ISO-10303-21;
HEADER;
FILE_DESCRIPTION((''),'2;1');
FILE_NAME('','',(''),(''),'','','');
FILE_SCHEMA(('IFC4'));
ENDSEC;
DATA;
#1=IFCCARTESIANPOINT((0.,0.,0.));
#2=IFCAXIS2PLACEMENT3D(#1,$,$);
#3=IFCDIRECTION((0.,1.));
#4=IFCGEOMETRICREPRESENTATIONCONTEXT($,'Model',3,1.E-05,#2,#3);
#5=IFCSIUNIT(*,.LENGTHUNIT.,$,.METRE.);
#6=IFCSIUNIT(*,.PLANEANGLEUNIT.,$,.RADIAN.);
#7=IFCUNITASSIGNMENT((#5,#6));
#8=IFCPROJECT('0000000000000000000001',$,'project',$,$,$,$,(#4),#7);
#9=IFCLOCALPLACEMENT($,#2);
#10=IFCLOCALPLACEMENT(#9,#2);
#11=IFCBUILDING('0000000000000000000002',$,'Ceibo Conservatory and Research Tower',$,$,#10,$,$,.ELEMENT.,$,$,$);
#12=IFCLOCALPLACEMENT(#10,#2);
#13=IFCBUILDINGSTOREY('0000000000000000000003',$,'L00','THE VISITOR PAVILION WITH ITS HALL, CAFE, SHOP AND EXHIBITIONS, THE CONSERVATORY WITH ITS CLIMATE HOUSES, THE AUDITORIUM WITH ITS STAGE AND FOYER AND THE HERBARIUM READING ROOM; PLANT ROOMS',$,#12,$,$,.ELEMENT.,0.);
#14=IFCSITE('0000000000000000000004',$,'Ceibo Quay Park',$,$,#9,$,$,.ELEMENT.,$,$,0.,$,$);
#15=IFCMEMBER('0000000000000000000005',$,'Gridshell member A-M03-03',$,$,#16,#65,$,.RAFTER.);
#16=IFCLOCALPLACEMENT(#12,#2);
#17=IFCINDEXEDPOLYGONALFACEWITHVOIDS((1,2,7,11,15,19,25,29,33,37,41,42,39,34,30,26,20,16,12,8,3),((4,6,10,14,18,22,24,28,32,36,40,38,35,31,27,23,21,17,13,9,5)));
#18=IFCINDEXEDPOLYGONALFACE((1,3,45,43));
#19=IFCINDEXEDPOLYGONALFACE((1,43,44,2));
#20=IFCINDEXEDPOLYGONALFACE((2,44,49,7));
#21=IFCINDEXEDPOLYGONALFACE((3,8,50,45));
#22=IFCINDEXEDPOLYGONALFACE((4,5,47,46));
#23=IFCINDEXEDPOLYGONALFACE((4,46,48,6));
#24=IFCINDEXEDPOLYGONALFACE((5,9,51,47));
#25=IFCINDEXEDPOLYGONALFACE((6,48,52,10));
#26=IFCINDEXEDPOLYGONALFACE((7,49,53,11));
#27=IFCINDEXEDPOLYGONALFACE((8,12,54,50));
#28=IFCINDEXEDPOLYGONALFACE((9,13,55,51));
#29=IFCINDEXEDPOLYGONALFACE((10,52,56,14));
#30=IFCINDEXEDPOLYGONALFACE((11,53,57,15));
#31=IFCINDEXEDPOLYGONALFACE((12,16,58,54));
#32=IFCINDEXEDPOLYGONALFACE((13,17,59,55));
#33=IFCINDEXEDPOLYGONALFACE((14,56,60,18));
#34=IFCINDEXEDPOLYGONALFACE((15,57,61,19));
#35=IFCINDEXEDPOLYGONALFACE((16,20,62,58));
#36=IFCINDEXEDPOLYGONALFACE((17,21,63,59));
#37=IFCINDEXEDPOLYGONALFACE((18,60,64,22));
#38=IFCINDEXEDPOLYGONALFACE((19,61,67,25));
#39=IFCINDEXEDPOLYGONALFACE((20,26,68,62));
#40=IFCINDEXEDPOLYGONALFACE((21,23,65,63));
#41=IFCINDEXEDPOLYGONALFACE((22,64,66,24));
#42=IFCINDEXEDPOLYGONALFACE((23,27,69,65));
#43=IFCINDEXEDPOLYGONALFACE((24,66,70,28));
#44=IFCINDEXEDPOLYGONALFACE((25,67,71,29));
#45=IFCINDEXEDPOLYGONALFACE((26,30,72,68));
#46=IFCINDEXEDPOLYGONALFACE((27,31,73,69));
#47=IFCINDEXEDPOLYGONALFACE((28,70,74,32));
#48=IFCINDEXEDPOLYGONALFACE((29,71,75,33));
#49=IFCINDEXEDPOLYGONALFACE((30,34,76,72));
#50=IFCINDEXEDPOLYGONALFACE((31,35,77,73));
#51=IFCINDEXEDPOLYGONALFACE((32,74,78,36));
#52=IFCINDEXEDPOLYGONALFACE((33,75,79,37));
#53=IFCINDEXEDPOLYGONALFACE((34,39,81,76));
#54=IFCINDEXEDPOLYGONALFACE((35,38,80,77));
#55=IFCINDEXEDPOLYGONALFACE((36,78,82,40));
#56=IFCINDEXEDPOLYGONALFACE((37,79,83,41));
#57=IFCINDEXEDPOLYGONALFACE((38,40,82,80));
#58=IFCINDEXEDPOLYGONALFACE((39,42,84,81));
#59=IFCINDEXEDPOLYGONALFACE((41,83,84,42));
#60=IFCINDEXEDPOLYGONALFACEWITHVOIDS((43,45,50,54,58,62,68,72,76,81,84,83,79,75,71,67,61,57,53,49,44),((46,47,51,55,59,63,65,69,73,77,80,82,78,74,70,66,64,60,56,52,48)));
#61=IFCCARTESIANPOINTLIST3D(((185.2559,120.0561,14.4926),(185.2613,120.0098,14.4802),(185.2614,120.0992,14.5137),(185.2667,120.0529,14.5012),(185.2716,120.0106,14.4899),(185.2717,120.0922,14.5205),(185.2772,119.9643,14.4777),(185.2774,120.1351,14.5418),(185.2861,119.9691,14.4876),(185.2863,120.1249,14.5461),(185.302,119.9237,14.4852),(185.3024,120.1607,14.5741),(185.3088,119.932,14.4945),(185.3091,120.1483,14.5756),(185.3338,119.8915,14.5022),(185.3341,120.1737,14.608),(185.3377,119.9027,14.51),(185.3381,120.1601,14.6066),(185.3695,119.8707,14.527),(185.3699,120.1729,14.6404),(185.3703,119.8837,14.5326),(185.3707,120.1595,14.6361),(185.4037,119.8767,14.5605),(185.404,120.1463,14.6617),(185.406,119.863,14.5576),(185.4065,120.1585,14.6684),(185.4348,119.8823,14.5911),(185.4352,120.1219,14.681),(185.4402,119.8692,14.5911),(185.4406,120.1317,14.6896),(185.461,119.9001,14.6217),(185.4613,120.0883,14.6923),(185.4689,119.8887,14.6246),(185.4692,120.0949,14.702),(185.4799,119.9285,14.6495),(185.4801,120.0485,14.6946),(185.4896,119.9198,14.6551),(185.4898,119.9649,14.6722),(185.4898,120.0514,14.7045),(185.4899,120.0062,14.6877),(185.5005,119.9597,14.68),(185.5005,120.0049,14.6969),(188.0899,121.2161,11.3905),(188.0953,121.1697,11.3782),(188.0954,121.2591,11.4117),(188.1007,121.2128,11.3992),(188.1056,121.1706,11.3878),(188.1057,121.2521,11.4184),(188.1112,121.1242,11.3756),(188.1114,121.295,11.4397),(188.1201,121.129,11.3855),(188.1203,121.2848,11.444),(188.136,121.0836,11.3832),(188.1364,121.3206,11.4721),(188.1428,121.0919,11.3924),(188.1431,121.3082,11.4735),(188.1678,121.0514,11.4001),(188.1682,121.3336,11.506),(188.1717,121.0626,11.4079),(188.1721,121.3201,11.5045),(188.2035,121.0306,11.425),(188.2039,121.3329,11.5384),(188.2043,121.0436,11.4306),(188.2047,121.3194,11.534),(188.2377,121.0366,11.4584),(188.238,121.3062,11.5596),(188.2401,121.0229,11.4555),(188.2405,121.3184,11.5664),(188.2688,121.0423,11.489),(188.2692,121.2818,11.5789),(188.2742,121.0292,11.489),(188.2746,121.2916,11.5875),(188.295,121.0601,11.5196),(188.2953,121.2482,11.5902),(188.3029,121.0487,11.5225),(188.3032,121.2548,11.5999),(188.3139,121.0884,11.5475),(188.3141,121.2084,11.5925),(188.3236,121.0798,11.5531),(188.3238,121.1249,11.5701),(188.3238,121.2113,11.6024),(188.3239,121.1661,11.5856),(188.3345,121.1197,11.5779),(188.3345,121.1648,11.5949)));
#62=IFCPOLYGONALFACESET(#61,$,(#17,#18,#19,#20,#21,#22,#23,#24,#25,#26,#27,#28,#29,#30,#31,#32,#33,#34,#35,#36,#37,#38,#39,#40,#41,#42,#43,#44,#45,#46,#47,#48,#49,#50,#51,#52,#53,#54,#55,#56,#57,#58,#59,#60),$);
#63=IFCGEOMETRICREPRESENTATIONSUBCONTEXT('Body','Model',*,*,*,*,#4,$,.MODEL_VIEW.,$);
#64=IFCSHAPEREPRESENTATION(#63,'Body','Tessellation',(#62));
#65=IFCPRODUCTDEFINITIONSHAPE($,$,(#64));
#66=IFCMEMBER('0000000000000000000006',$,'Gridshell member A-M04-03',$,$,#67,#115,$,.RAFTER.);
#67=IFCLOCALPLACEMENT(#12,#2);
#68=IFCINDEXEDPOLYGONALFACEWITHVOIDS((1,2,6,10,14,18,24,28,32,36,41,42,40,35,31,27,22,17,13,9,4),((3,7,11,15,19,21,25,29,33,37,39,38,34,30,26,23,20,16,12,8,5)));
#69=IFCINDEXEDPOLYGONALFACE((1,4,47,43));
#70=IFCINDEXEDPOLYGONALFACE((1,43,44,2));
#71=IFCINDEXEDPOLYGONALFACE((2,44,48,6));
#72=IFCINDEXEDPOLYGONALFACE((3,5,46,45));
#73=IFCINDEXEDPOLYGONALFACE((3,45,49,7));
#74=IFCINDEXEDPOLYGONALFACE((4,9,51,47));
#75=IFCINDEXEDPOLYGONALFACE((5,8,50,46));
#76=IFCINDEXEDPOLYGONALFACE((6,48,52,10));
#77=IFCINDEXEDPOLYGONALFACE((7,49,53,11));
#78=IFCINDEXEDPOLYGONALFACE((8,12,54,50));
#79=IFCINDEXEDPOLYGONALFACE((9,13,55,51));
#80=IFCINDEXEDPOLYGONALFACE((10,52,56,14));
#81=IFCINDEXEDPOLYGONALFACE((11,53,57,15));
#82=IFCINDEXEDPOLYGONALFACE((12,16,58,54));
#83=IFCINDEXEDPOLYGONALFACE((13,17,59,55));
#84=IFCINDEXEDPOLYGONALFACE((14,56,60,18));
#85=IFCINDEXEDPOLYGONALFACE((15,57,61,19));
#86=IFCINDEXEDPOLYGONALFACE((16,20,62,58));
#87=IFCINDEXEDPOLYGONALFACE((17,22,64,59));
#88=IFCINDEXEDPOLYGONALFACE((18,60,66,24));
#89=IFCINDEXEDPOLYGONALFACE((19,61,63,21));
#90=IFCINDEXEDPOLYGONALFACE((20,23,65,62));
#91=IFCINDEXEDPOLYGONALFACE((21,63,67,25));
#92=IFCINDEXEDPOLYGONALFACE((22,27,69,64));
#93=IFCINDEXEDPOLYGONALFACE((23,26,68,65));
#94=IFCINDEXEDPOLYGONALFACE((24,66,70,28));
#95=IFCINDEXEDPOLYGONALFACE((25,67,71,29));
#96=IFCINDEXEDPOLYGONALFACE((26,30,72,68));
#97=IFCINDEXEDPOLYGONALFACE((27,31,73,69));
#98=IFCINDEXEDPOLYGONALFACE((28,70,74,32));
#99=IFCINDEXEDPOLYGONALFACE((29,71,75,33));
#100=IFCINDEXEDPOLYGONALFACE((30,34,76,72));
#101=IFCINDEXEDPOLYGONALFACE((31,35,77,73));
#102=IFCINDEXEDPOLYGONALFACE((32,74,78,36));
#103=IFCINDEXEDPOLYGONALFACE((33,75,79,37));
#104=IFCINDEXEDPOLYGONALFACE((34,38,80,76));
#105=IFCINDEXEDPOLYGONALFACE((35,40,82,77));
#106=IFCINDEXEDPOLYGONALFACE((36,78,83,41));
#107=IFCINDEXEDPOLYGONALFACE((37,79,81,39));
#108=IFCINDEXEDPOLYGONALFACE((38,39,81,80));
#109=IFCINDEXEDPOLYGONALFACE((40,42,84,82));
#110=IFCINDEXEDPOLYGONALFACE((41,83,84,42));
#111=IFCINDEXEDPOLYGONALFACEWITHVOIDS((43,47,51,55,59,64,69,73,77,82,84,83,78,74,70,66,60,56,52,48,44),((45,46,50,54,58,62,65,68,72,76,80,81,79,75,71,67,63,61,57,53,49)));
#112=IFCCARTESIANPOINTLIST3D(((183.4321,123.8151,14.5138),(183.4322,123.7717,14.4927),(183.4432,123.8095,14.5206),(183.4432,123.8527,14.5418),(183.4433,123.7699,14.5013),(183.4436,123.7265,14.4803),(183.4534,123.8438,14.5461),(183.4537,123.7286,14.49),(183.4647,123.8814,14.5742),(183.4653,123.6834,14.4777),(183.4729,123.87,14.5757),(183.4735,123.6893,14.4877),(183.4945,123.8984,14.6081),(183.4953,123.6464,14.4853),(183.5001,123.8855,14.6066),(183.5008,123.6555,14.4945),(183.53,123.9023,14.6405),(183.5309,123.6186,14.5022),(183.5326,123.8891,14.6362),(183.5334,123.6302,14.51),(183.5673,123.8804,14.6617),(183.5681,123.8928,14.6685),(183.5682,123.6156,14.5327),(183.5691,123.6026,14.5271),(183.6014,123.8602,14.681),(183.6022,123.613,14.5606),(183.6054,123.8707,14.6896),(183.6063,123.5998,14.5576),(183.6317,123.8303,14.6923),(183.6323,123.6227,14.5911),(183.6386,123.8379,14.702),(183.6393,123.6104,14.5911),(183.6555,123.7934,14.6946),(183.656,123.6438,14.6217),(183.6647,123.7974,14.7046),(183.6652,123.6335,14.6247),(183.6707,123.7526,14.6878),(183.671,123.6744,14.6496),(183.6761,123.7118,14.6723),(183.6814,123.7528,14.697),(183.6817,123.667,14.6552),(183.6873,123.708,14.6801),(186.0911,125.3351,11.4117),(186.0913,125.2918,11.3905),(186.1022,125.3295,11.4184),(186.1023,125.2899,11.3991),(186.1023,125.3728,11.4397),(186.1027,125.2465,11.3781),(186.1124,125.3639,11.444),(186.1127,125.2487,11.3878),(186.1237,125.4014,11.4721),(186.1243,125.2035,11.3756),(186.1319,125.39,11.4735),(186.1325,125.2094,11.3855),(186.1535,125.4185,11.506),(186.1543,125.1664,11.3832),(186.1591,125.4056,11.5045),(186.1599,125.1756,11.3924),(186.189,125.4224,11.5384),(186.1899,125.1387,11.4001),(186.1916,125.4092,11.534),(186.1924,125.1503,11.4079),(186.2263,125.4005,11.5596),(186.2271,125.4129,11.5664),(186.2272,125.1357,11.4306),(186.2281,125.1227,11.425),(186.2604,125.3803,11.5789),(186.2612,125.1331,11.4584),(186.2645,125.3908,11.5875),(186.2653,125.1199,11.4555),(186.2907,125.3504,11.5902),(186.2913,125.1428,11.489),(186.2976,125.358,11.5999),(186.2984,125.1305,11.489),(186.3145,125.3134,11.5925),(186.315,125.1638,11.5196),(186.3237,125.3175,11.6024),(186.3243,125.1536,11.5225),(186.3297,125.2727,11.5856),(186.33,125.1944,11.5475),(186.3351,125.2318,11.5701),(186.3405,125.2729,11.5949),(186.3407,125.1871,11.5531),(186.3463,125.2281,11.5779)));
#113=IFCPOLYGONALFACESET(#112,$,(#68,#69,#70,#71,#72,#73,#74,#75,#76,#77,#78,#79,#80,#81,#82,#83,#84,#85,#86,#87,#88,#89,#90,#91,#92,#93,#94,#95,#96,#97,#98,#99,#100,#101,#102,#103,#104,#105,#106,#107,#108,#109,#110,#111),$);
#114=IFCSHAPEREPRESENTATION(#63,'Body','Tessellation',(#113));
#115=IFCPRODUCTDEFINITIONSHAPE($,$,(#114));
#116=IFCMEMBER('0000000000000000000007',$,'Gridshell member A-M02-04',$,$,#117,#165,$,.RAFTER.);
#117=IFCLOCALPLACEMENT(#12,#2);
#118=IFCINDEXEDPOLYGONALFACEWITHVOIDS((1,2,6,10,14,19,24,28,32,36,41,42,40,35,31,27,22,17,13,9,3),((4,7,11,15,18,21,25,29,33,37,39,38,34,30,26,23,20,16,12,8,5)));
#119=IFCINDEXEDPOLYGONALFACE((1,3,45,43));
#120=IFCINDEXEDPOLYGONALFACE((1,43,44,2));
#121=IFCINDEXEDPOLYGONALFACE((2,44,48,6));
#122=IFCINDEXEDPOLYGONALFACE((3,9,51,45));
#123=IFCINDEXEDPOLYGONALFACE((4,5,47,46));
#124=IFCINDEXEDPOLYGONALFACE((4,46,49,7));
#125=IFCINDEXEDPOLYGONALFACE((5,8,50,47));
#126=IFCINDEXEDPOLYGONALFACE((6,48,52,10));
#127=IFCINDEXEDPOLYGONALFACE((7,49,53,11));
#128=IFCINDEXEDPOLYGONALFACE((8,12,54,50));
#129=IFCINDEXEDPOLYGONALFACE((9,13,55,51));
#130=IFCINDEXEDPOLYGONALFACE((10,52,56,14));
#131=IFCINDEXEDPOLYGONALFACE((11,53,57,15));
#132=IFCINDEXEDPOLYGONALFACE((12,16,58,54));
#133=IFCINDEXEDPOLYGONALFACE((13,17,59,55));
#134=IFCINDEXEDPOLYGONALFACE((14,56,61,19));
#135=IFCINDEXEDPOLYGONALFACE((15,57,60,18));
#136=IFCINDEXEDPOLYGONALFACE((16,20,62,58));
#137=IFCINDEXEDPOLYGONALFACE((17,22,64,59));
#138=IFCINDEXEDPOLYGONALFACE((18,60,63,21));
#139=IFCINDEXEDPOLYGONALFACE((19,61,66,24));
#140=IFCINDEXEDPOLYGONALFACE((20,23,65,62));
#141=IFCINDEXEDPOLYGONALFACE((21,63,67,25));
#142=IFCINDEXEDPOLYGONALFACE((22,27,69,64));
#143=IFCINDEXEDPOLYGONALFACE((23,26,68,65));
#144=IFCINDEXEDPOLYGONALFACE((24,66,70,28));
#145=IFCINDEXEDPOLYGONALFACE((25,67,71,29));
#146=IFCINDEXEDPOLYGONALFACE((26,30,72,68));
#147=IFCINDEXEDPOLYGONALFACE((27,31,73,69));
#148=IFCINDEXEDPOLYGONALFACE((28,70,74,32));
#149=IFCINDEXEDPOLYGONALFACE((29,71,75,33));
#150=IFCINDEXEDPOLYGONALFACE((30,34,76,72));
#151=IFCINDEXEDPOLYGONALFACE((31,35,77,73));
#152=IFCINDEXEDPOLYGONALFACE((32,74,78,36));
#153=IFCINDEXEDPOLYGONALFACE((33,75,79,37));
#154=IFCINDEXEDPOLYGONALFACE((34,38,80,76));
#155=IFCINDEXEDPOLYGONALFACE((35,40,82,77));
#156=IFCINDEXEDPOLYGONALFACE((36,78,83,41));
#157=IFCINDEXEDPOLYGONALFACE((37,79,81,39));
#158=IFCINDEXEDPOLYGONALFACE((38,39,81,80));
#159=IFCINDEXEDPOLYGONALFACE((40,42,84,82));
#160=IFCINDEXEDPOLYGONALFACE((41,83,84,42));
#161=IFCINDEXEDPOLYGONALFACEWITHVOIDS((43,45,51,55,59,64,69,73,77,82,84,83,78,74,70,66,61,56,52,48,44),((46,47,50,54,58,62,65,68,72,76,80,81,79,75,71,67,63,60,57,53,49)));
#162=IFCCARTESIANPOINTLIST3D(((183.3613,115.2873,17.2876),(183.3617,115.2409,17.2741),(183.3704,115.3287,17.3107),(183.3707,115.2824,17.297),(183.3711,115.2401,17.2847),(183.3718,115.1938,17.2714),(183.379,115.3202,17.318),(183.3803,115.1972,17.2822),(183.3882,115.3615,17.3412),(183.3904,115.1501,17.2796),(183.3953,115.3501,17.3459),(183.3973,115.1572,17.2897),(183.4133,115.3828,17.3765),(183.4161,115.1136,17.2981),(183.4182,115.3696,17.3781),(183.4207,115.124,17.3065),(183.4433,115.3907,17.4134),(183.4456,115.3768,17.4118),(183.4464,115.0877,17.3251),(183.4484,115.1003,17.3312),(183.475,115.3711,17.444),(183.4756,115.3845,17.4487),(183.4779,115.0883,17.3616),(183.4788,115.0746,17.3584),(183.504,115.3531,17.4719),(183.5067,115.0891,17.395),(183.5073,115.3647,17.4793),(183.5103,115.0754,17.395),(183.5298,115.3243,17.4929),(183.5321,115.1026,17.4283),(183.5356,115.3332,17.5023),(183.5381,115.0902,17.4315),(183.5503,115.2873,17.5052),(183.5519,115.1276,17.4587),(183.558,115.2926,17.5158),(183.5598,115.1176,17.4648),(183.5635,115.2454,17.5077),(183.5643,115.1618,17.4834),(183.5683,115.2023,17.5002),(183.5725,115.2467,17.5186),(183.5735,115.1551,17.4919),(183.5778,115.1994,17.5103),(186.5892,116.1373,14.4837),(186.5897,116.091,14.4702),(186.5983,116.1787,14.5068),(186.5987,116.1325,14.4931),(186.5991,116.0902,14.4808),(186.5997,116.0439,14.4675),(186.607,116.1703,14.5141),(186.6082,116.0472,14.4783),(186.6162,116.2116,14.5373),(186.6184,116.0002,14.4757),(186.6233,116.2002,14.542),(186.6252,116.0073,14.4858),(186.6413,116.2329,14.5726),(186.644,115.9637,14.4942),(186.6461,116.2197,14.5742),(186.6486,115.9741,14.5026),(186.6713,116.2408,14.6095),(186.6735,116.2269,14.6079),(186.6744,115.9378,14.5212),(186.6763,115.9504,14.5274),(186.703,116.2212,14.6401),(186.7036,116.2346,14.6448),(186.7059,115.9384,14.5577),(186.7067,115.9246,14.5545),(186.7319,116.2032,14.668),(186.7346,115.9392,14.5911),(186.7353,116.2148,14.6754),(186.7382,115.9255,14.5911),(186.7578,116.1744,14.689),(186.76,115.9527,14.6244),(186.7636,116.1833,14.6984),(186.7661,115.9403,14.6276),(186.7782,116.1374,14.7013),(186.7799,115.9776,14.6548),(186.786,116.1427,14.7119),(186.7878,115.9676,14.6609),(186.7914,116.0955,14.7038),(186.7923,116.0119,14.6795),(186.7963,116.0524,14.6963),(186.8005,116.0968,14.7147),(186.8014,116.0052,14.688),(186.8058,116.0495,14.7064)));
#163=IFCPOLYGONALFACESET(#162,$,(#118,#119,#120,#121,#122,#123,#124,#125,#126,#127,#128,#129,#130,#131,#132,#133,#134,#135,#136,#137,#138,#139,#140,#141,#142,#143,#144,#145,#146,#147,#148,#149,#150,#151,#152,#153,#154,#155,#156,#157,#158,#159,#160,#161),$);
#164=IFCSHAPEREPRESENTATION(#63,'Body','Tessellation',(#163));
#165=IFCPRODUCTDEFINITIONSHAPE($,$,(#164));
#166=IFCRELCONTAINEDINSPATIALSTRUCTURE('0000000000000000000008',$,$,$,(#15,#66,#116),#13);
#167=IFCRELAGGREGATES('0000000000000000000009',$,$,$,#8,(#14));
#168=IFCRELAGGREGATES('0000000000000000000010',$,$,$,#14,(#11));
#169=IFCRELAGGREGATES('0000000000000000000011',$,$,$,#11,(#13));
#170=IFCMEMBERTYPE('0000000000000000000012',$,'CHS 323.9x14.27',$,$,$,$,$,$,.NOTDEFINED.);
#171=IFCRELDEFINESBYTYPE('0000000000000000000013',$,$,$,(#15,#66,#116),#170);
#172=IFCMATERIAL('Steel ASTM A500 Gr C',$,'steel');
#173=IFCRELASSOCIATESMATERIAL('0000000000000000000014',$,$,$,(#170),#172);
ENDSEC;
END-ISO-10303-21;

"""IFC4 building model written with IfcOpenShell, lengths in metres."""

from ifc_helpers import new_model, si_unit, direction, frame, origin, origin_2d, place, context, subcontext, project, spatial, hollow_circle, extrude, material, material_profile, profile_set, type_object, element, save


model = new_model("IFC4")

# Units and contexts
model_context = context("Model", 3, precision=1e-05, world=origin(), true_north=direction((0.0, 1.0)))
body_context = subcontext(model_context, "Body", "Model", "MODEL_VIEW")
ifc_project = project(units=[si_unit("LENGTHUNIT", "METRE"), si_unit("PLANEANGLEUNIT", "RADIAN")], contexts=[model_context])

# Site, building, storey
site_placement = place(None, origin())
site = spatial("IfcSite", under=ifc_project, at=site_placement, Name="Ceibo Quay Park", CompositionType="ELEMENT", RefElevation=0.0)
building_placement = place(site_placement, origin())
building = spatial("IfcBuilding", under=site, at=building_placement, Name="Ceibo Conservatory and Research Tower", CompositionType="ELEMENT")
storey_placement = place(building_placement, origin())
storey = spatial("IfcBuildingStorey", under=building, at=storey_placement, Name="L00", Description="THE VISITOR PAVILION WITH ITS HALL, CAFE, SHOP AND EXHIBITIONS, THE CONSERVATORY WITH ITS CLIMATE HOUSES, THE AUDITORIUM WITH ITS STAGE AND FOYER AND THE HERBARIUM READING ROOM; PLANT ROOMS", CompositionType="ELEMENT", Elevation=0.0)

# Members
ifc_material_1 = material(Name="Steel ASTM A500 Gr C", Category="steel")
ifc_material_profile_1 = material_profile(ifc_material_1, hollow_circle(Radius=0.1619, WallThickness=0.0142, at=origin_2d()), Name="CHS 323.9x14.27")
ifc_profile_set_1 = profile_set([ifc_material_profile_1], Name="Steel ASTM A500 Gr C")
member_type_1 = type_object("IfcMemberType", Name="CHS 323.9x14.27", PredefinedType="NOTDEFINED", material=ifc_profile_set_1)
member_1_placement = place(storey_placement, frame((188.2129, 121.179, 11.489), z_axis=(-0.650168, -0.266105, 0.711667), x_axis=(0.378788, -0.925483, 0.0)))
element("IfcMember", 1, at=member_1_placement, inside=storey, type_object=member_type_1, Name="Gridshell member A-M03-03", PredefinedType="RAFTER", context=body_context, shape_type="SweptSolid", body=[
    extrude(hollow_circle(Radius=0.1619, WallThickness=0.0142, at=origin_2d()), origin(), (0.0, 0.0, 1.0), 4.3589),
])
for number, where, z_axis, x_axis, name in (
    (2, (186.218, 125.271, 11.489), (-0.609952, -0.348688, 0.711601), (0.496293, -0.868155, 0.0), "Gridshell member A-M04-03"),
    (3, (186.697, 116.082, 14.5911), (-0.740463, -0.195, 0.643187), (0.254666, -0.967029, 0.0), "Gridshell member A-M02-04"),
):
    element("IfcMember", number, at=place(storey_placement, frame(where, z_axis=z_axis, x_axis=x_axis)), inside=storey, type_object=member_type_1, Name=name, PredefinedType="RAFTER", context=body_context, shape_type="SweptSolid", body=[
        extrude(hollow_circle(Radius=0.1619, WallThickness=0.0142, at=origin_2d()), origin(), (0.0, 0.0, 1.0), 4.3594),
    ])

save(model, "model.ifc")
